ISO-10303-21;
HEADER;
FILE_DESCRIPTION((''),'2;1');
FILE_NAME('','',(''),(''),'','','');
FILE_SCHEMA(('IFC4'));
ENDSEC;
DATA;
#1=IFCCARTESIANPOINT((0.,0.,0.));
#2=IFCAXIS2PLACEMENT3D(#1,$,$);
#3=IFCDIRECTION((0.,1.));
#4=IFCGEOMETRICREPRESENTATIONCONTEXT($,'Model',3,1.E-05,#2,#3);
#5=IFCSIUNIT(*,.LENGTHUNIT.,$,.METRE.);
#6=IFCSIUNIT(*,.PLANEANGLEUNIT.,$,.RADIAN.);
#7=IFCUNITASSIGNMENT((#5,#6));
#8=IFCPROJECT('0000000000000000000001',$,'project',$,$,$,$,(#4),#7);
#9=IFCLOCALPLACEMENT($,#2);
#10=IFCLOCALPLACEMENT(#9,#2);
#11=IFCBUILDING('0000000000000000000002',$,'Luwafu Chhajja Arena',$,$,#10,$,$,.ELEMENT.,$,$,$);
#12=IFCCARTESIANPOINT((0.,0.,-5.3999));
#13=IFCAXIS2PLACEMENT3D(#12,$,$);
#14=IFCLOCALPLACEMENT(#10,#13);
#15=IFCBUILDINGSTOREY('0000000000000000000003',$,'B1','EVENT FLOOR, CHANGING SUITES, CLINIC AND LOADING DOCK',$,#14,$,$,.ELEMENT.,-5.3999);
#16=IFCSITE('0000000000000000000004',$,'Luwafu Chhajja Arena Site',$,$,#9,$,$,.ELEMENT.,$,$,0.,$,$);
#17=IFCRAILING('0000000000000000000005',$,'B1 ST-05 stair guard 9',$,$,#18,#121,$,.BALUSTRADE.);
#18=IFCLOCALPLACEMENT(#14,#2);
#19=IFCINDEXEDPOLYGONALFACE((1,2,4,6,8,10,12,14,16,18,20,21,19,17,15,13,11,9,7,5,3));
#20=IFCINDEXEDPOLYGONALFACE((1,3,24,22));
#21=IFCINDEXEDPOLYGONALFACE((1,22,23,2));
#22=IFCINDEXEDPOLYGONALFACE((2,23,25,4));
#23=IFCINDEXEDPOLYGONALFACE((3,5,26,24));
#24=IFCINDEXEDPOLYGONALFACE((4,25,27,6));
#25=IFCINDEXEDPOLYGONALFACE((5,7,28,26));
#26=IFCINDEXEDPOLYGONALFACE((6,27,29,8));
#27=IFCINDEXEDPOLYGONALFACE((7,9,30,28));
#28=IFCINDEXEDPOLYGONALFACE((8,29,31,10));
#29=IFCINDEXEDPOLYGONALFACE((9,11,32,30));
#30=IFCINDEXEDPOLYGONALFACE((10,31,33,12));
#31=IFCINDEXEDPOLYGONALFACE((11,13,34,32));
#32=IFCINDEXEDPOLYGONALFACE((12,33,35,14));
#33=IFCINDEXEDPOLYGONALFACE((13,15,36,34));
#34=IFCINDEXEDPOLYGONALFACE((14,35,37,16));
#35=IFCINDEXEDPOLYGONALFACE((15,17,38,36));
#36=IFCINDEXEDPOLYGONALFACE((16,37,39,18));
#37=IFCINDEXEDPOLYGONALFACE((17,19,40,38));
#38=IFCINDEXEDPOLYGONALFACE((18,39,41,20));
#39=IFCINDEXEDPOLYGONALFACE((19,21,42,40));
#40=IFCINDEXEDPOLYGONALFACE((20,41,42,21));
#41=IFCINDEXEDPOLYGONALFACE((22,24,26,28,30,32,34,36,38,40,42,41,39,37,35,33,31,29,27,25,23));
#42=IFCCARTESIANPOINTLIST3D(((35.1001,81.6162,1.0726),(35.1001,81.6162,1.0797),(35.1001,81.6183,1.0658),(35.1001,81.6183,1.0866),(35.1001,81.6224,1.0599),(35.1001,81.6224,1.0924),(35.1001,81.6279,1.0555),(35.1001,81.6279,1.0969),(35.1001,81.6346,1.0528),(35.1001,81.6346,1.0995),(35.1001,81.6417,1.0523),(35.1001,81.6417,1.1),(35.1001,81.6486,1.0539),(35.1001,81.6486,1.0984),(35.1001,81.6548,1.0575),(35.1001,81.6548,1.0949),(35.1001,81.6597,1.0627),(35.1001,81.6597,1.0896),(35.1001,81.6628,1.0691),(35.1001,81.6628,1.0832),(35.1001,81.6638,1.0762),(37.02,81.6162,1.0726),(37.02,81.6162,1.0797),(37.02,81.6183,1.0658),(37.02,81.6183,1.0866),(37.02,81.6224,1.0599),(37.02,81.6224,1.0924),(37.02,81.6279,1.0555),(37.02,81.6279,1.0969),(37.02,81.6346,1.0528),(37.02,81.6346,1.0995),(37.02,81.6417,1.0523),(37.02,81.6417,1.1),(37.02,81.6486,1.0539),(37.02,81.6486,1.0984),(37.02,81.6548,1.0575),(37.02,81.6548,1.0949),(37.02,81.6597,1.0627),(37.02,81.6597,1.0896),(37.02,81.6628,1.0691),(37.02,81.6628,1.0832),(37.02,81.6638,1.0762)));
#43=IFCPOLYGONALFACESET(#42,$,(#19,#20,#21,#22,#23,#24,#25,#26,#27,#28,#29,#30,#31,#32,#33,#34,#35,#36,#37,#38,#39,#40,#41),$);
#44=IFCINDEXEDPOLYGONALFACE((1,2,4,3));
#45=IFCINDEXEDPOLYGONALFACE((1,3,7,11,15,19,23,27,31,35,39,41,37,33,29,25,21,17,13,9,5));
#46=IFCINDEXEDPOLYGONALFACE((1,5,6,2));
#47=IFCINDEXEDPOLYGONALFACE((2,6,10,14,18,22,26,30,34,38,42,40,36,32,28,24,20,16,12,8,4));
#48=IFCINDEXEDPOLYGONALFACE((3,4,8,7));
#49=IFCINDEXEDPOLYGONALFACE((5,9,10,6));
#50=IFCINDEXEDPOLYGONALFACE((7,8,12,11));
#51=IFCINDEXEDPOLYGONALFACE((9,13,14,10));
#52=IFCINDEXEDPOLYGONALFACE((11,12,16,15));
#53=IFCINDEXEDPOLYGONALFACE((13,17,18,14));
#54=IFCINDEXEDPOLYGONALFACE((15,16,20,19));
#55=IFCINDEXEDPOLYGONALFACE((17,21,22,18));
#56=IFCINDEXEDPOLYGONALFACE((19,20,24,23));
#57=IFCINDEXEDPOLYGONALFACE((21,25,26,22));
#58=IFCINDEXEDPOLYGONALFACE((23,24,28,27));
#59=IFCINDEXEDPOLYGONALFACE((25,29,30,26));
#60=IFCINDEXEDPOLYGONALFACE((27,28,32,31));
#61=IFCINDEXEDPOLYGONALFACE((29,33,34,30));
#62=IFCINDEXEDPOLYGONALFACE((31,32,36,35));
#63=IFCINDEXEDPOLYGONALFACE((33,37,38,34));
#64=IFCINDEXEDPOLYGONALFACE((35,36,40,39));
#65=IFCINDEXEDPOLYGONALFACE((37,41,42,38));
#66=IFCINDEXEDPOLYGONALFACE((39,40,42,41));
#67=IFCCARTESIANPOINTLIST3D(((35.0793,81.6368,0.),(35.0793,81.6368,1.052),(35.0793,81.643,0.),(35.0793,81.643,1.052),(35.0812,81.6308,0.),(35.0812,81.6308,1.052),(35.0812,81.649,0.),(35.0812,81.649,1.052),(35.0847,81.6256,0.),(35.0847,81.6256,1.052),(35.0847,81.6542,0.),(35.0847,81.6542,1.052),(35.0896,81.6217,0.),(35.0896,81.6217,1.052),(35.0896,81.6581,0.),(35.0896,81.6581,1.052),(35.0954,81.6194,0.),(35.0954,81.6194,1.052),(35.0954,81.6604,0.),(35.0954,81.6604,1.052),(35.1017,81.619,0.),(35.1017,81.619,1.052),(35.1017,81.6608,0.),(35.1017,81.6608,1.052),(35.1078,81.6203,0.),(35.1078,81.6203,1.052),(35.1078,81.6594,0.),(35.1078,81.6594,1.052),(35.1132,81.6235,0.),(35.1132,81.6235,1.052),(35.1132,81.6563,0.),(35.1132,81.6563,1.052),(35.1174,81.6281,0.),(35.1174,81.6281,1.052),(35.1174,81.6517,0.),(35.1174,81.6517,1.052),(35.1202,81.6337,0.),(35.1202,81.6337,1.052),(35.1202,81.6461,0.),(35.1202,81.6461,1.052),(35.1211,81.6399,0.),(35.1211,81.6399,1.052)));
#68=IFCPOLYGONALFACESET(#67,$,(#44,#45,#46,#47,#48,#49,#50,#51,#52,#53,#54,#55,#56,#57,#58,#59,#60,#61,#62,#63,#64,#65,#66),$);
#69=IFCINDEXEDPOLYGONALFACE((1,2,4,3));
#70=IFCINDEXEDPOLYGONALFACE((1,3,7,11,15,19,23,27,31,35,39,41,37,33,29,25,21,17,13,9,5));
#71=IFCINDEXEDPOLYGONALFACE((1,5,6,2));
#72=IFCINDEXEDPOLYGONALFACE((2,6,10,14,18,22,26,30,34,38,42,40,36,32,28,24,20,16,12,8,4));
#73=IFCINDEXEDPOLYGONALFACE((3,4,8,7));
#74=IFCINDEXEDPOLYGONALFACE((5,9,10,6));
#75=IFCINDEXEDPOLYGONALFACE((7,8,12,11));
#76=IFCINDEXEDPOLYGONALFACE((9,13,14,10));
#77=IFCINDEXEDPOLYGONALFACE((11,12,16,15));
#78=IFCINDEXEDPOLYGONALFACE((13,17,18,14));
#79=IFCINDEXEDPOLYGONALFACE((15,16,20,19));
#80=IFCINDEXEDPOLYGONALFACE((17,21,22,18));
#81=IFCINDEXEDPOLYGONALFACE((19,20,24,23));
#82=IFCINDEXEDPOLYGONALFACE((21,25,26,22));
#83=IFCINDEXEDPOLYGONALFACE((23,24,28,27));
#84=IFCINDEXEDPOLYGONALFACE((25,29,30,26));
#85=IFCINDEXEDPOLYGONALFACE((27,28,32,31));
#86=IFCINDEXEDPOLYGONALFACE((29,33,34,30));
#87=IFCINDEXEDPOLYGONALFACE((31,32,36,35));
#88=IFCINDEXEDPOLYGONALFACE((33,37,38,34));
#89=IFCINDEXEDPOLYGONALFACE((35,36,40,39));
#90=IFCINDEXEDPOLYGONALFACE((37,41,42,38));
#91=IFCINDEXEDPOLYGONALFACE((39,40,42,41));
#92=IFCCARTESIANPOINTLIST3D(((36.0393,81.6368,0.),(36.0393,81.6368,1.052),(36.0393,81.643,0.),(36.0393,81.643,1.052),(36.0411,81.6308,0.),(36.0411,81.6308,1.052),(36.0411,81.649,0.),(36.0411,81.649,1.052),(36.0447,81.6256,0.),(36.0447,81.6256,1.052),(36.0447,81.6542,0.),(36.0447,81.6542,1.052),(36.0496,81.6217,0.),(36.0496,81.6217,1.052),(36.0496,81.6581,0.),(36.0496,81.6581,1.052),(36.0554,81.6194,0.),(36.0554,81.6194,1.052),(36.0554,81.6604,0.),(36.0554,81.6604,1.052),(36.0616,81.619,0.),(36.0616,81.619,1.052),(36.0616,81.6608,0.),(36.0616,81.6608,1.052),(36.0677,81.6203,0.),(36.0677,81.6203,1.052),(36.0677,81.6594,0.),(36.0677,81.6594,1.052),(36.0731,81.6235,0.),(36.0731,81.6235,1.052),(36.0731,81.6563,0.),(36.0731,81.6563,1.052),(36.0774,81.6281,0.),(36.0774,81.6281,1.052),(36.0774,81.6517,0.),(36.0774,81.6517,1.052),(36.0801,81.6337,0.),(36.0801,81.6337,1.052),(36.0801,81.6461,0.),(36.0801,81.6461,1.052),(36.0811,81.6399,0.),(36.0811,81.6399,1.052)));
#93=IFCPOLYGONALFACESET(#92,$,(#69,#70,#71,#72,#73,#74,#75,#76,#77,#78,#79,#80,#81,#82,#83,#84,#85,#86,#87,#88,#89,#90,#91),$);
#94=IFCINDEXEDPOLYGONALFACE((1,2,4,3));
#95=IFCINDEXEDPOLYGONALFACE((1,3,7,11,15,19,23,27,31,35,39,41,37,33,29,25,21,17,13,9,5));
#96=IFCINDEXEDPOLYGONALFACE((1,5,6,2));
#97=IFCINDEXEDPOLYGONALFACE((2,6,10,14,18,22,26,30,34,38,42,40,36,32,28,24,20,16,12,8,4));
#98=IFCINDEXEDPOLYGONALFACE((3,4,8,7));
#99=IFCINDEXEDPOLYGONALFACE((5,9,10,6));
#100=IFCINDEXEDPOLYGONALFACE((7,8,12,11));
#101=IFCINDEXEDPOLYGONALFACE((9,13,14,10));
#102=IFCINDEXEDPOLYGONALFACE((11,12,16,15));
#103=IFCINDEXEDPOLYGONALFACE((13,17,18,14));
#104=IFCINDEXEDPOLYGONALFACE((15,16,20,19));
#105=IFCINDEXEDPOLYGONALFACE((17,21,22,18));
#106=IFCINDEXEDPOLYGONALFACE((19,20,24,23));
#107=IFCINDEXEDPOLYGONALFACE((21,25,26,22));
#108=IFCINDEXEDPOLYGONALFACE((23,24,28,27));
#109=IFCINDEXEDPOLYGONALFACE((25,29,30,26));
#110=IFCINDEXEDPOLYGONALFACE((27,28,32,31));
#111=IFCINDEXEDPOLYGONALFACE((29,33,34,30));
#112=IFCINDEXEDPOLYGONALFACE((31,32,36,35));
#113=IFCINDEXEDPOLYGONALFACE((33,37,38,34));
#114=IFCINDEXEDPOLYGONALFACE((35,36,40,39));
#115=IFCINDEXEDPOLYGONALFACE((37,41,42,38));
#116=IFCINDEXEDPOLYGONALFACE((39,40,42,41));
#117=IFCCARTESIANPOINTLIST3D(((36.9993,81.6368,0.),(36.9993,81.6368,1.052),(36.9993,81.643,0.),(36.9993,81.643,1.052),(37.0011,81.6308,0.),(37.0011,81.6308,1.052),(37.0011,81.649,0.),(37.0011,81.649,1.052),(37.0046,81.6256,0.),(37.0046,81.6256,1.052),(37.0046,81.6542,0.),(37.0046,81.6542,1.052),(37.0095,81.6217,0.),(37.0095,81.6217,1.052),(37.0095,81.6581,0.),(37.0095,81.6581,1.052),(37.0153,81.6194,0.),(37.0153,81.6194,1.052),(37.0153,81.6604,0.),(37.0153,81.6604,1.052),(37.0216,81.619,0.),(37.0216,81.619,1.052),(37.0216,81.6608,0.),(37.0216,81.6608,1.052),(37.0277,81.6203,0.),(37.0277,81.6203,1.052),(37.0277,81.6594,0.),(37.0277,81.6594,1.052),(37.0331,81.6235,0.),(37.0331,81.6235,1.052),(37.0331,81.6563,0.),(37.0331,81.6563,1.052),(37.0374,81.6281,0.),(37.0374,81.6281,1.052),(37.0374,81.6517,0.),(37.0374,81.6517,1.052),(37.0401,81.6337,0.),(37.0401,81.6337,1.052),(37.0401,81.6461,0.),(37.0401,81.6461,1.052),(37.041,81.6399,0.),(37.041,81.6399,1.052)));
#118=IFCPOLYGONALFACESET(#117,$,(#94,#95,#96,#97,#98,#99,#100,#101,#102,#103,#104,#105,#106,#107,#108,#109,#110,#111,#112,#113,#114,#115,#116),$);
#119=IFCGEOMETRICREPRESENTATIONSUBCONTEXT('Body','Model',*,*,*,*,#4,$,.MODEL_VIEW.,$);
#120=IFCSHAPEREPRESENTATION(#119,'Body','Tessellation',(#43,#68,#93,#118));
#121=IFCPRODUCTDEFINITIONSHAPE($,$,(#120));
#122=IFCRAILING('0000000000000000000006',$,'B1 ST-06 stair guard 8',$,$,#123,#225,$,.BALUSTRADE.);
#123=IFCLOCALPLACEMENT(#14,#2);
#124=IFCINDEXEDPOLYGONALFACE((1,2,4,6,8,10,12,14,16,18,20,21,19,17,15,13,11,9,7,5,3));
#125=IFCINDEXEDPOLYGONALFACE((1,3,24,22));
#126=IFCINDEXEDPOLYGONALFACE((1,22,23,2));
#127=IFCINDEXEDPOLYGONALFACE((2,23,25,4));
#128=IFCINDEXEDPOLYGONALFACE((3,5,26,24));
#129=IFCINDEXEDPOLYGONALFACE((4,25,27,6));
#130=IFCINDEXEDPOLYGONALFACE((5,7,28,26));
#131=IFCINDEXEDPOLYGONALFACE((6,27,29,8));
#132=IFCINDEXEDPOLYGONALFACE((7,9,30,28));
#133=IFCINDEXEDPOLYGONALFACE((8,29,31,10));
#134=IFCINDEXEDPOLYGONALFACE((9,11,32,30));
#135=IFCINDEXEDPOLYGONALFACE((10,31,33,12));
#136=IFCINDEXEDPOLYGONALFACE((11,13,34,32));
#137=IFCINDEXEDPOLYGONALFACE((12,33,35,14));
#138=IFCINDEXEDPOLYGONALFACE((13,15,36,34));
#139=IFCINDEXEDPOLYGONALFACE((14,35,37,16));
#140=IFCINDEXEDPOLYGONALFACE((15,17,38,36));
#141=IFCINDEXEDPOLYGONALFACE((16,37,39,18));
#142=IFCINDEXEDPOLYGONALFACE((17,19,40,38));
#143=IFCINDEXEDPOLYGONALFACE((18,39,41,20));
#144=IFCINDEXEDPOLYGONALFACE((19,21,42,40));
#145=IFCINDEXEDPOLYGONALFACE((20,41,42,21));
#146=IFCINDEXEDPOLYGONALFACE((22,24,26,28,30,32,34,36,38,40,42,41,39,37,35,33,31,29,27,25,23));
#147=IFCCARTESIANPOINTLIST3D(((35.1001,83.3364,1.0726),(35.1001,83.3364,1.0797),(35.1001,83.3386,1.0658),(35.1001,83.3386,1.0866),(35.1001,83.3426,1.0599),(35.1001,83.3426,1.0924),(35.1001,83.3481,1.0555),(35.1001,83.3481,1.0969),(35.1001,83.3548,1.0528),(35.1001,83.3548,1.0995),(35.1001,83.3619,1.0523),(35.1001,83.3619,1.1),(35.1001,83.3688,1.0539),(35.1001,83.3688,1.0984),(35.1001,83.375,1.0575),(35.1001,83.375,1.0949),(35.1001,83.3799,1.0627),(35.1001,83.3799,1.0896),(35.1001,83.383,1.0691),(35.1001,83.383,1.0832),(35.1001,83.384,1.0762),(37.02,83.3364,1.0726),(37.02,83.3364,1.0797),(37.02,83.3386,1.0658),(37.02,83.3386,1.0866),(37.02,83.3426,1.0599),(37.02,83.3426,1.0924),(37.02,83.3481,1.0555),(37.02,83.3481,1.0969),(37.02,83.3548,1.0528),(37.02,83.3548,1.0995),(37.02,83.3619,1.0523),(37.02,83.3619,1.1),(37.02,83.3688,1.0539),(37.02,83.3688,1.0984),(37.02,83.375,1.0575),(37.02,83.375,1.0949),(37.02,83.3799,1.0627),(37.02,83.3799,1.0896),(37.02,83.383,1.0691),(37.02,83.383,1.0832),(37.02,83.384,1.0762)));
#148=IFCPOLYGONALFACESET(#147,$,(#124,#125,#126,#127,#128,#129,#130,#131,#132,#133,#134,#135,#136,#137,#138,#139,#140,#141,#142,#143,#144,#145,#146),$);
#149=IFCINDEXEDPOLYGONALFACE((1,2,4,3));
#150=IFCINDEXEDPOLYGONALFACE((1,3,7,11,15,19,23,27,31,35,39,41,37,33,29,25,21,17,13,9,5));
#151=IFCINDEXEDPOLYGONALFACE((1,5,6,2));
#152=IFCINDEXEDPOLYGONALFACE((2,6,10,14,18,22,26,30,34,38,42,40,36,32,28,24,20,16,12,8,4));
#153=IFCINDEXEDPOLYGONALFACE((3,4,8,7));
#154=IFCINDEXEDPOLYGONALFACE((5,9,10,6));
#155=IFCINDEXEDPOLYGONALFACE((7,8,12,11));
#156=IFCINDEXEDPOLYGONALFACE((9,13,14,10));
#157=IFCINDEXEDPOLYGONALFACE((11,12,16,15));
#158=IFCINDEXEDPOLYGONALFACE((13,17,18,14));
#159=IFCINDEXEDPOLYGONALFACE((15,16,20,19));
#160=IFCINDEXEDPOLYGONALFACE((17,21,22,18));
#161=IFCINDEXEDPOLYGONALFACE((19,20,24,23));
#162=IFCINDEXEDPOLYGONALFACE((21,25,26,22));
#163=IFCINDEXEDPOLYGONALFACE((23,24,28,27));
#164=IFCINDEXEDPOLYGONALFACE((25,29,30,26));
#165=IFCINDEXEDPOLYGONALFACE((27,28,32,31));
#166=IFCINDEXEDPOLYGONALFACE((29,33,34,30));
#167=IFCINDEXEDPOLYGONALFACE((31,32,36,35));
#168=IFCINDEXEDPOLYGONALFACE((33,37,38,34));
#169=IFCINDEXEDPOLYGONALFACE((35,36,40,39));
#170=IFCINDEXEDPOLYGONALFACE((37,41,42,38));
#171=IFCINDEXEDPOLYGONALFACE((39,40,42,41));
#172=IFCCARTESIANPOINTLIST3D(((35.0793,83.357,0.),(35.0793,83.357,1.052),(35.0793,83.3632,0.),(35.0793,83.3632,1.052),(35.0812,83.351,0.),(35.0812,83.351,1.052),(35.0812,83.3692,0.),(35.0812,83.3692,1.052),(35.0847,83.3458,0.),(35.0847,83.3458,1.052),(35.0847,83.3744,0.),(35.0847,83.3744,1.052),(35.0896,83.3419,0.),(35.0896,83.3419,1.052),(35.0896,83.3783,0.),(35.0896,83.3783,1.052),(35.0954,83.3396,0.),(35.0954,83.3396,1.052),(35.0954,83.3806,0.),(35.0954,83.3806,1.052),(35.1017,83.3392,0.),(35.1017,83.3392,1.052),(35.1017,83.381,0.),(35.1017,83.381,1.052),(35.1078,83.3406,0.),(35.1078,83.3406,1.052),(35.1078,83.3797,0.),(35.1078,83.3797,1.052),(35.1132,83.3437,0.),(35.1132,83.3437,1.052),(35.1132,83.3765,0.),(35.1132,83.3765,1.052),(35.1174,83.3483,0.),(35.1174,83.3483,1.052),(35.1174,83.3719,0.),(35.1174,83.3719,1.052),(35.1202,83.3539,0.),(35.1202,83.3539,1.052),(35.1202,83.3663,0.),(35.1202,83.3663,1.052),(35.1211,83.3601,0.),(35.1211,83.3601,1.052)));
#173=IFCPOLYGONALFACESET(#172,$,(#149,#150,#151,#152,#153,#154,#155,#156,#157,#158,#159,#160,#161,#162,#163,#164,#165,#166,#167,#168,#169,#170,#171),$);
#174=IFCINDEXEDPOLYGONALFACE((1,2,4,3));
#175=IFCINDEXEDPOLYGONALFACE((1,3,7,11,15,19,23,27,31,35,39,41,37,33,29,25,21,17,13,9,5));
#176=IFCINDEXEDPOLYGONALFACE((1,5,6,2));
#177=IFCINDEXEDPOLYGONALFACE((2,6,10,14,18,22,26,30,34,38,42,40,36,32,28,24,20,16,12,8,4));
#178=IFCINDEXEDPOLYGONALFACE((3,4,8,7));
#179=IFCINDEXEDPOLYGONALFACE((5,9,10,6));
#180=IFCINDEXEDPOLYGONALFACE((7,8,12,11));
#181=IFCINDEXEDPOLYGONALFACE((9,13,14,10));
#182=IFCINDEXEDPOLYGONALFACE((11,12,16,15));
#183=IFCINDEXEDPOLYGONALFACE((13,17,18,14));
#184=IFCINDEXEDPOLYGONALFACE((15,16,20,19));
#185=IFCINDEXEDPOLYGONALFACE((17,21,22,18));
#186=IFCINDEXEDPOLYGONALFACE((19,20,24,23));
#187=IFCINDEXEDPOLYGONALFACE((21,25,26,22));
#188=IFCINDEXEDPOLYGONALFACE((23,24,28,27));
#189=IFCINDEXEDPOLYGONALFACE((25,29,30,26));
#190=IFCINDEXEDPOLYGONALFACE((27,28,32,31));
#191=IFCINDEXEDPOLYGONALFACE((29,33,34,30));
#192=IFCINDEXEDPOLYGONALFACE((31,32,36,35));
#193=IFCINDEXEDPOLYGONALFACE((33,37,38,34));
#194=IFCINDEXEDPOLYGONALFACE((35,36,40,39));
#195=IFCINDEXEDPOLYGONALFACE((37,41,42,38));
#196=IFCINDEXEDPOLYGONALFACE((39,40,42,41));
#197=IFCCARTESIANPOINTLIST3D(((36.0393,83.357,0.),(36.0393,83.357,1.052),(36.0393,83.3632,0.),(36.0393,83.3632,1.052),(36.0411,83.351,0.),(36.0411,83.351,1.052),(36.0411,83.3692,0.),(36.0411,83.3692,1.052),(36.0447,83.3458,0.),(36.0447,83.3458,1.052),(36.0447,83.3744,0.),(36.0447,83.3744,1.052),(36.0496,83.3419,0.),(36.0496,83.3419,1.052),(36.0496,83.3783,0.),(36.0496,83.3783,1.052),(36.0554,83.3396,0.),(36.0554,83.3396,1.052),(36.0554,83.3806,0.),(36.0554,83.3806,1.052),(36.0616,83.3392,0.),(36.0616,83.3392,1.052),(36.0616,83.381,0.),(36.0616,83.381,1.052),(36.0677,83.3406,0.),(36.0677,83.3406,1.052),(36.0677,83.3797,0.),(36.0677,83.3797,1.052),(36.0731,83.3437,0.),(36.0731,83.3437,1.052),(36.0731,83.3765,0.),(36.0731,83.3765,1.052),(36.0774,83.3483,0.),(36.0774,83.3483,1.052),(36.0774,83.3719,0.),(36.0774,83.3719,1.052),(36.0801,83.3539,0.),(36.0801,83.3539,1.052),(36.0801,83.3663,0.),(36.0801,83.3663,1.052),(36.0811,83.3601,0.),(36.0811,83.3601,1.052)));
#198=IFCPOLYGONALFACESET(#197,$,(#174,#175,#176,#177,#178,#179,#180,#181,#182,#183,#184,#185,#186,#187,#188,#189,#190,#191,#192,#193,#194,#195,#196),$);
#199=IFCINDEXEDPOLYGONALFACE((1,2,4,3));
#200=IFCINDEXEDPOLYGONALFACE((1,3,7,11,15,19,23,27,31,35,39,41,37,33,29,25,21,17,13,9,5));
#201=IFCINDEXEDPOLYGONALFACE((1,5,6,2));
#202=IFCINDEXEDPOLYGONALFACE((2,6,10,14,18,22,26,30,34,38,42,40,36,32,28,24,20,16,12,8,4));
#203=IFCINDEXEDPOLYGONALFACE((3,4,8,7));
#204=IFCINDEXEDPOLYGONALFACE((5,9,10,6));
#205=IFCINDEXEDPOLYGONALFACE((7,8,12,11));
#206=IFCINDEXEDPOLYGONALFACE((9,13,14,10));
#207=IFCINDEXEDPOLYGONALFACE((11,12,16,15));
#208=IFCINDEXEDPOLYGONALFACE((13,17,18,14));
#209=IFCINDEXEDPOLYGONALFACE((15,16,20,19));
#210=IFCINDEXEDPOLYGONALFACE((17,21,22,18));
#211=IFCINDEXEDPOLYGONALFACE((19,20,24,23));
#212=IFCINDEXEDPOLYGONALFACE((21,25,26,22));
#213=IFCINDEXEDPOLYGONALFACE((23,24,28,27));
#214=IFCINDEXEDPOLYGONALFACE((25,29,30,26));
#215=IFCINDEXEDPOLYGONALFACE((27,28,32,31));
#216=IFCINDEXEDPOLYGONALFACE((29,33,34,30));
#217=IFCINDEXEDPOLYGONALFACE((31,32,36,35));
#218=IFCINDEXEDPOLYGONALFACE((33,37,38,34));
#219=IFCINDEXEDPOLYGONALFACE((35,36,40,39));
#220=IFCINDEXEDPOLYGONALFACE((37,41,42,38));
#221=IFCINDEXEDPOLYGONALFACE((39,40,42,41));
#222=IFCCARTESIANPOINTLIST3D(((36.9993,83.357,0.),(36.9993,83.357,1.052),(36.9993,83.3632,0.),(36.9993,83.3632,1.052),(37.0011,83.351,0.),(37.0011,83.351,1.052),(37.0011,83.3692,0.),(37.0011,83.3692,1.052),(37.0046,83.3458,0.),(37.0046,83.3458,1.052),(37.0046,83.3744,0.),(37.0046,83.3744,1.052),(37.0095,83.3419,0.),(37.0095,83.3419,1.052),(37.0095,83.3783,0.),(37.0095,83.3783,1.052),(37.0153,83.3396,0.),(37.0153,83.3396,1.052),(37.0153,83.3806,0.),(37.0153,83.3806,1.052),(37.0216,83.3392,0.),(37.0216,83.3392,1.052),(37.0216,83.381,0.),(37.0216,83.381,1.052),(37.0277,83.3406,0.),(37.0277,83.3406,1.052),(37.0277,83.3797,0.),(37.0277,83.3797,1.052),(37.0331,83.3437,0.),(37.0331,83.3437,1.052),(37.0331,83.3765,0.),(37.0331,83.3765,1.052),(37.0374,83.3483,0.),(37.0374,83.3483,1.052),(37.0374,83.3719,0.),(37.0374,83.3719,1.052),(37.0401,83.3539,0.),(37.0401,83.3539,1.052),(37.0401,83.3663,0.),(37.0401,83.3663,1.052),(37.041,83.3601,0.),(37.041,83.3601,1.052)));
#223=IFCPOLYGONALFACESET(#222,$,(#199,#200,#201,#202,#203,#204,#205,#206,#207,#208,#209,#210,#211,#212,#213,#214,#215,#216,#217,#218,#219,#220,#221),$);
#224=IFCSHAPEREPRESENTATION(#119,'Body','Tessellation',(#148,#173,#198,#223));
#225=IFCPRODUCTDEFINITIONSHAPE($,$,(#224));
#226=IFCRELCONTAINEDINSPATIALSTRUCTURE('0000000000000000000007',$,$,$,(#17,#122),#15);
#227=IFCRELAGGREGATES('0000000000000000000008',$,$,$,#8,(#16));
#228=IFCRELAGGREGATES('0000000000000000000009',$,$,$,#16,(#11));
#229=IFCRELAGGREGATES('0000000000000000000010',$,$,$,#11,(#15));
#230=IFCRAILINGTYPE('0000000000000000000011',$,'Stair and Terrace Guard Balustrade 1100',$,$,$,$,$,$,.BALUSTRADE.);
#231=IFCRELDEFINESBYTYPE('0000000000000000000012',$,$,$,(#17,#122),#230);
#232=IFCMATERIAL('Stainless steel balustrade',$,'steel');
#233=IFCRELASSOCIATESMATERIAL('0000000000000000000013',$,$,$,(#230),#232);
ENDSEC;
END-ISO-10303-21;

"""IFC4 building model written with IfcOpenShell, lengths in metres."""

from ifc_helpers import new_model, si_unit, direction, frame, origin, origin_2d, place, context, subcontext, project, spatial, circle, extrude, material, type_object, element, save


model = new_model("IFC4")

# Units and contexts
model_context = context("Model", 3, precision=1e-05, world=origin(), true_north=direction((0.0, 1.0)))
body_context = subcontext(model_context, "Body", "Model", "MODEL_VIEW")
ifc_project = project(units=[si_unit("LENGTHUNIT", "METRE"), si_unit("PLANEANGLEUNIT", "RADIAN")], contexts=[model_context])

# Site, building, storey
site_placement = place(None, origin())
site = spatial("IfcSite", under=ifc_project, at=site_placement, Name="Luwafu Chhajja Arena Site", CompositionType="ELEMENT", RefElevation=0.0)
building_placement = place(site_placement, origin())
building = spatial("IfcBuilding", under=site, at=building_placement, Name="Luwafu Chhajja Arena", CompositionType="ELEMENT")
storey_placement = place(building_placement, frame((0.0, 0.0, -5.3999)))
storey = spatial("IfcBuildingStorey", under=building, at=storey_placement, Name="B1", Description="EVENT FLOOR, CHANGING SUITES, CLINIC AND LOADING DOCK", CompositionType="ELEMENT", Elevation=-5.3999)

# Railings
ifc_material_1 = material(Name="Stainless steel balustrade", Category="steel")
railing_type = type_object("IfcRailingType", Name="Stair and Terrace Guard Balustrade 1100", PredefinedType="BALUSTRADE", material=ifc_material_1)
for number, where, name in (
    (1, (35.1001, 81.6399, 0.0), "B1 ST-05 stair guard 9"),
    (2, (35.1001, 83.3601, 0.0), "B1 ST-06 stair guard 8"),
):
    element("IfcRailing", number, at=place(storey_placement, frame(where)), inside=storey, type_object=railing_type, Name=name, PredefinedType="BALUSTRADE", context=body_context, shape_type="SweptSolid", body=[
        extrude(circle(Radius=0.0239, at=origin_2d()), frame((0.0, 0.0, 1.0762), z_axis=(1.0, 0.0, 0.0), x_axis=(0.0, 1.0, 0.0)), (0.0, 0.0, 1.0), 1.9199),
        extrude(circle(Radius=0.021, at=origin_2d()), origin(), (0.0, 0.0, 1.0), 1.052),
        extrude(circle(Radius=0.021, at=origin_2d()), frame((0.96, 0.0, 0.0)), (0.0, 0.0, 1.0), 1.052),
        extrude(circle(Radius=0.021, at=origin_2d()), frame((1.9199, 0.0, 0.0)), (0.0, 0.0, 1.0), 1.052),
    ])

save(model, "model.ifc")
